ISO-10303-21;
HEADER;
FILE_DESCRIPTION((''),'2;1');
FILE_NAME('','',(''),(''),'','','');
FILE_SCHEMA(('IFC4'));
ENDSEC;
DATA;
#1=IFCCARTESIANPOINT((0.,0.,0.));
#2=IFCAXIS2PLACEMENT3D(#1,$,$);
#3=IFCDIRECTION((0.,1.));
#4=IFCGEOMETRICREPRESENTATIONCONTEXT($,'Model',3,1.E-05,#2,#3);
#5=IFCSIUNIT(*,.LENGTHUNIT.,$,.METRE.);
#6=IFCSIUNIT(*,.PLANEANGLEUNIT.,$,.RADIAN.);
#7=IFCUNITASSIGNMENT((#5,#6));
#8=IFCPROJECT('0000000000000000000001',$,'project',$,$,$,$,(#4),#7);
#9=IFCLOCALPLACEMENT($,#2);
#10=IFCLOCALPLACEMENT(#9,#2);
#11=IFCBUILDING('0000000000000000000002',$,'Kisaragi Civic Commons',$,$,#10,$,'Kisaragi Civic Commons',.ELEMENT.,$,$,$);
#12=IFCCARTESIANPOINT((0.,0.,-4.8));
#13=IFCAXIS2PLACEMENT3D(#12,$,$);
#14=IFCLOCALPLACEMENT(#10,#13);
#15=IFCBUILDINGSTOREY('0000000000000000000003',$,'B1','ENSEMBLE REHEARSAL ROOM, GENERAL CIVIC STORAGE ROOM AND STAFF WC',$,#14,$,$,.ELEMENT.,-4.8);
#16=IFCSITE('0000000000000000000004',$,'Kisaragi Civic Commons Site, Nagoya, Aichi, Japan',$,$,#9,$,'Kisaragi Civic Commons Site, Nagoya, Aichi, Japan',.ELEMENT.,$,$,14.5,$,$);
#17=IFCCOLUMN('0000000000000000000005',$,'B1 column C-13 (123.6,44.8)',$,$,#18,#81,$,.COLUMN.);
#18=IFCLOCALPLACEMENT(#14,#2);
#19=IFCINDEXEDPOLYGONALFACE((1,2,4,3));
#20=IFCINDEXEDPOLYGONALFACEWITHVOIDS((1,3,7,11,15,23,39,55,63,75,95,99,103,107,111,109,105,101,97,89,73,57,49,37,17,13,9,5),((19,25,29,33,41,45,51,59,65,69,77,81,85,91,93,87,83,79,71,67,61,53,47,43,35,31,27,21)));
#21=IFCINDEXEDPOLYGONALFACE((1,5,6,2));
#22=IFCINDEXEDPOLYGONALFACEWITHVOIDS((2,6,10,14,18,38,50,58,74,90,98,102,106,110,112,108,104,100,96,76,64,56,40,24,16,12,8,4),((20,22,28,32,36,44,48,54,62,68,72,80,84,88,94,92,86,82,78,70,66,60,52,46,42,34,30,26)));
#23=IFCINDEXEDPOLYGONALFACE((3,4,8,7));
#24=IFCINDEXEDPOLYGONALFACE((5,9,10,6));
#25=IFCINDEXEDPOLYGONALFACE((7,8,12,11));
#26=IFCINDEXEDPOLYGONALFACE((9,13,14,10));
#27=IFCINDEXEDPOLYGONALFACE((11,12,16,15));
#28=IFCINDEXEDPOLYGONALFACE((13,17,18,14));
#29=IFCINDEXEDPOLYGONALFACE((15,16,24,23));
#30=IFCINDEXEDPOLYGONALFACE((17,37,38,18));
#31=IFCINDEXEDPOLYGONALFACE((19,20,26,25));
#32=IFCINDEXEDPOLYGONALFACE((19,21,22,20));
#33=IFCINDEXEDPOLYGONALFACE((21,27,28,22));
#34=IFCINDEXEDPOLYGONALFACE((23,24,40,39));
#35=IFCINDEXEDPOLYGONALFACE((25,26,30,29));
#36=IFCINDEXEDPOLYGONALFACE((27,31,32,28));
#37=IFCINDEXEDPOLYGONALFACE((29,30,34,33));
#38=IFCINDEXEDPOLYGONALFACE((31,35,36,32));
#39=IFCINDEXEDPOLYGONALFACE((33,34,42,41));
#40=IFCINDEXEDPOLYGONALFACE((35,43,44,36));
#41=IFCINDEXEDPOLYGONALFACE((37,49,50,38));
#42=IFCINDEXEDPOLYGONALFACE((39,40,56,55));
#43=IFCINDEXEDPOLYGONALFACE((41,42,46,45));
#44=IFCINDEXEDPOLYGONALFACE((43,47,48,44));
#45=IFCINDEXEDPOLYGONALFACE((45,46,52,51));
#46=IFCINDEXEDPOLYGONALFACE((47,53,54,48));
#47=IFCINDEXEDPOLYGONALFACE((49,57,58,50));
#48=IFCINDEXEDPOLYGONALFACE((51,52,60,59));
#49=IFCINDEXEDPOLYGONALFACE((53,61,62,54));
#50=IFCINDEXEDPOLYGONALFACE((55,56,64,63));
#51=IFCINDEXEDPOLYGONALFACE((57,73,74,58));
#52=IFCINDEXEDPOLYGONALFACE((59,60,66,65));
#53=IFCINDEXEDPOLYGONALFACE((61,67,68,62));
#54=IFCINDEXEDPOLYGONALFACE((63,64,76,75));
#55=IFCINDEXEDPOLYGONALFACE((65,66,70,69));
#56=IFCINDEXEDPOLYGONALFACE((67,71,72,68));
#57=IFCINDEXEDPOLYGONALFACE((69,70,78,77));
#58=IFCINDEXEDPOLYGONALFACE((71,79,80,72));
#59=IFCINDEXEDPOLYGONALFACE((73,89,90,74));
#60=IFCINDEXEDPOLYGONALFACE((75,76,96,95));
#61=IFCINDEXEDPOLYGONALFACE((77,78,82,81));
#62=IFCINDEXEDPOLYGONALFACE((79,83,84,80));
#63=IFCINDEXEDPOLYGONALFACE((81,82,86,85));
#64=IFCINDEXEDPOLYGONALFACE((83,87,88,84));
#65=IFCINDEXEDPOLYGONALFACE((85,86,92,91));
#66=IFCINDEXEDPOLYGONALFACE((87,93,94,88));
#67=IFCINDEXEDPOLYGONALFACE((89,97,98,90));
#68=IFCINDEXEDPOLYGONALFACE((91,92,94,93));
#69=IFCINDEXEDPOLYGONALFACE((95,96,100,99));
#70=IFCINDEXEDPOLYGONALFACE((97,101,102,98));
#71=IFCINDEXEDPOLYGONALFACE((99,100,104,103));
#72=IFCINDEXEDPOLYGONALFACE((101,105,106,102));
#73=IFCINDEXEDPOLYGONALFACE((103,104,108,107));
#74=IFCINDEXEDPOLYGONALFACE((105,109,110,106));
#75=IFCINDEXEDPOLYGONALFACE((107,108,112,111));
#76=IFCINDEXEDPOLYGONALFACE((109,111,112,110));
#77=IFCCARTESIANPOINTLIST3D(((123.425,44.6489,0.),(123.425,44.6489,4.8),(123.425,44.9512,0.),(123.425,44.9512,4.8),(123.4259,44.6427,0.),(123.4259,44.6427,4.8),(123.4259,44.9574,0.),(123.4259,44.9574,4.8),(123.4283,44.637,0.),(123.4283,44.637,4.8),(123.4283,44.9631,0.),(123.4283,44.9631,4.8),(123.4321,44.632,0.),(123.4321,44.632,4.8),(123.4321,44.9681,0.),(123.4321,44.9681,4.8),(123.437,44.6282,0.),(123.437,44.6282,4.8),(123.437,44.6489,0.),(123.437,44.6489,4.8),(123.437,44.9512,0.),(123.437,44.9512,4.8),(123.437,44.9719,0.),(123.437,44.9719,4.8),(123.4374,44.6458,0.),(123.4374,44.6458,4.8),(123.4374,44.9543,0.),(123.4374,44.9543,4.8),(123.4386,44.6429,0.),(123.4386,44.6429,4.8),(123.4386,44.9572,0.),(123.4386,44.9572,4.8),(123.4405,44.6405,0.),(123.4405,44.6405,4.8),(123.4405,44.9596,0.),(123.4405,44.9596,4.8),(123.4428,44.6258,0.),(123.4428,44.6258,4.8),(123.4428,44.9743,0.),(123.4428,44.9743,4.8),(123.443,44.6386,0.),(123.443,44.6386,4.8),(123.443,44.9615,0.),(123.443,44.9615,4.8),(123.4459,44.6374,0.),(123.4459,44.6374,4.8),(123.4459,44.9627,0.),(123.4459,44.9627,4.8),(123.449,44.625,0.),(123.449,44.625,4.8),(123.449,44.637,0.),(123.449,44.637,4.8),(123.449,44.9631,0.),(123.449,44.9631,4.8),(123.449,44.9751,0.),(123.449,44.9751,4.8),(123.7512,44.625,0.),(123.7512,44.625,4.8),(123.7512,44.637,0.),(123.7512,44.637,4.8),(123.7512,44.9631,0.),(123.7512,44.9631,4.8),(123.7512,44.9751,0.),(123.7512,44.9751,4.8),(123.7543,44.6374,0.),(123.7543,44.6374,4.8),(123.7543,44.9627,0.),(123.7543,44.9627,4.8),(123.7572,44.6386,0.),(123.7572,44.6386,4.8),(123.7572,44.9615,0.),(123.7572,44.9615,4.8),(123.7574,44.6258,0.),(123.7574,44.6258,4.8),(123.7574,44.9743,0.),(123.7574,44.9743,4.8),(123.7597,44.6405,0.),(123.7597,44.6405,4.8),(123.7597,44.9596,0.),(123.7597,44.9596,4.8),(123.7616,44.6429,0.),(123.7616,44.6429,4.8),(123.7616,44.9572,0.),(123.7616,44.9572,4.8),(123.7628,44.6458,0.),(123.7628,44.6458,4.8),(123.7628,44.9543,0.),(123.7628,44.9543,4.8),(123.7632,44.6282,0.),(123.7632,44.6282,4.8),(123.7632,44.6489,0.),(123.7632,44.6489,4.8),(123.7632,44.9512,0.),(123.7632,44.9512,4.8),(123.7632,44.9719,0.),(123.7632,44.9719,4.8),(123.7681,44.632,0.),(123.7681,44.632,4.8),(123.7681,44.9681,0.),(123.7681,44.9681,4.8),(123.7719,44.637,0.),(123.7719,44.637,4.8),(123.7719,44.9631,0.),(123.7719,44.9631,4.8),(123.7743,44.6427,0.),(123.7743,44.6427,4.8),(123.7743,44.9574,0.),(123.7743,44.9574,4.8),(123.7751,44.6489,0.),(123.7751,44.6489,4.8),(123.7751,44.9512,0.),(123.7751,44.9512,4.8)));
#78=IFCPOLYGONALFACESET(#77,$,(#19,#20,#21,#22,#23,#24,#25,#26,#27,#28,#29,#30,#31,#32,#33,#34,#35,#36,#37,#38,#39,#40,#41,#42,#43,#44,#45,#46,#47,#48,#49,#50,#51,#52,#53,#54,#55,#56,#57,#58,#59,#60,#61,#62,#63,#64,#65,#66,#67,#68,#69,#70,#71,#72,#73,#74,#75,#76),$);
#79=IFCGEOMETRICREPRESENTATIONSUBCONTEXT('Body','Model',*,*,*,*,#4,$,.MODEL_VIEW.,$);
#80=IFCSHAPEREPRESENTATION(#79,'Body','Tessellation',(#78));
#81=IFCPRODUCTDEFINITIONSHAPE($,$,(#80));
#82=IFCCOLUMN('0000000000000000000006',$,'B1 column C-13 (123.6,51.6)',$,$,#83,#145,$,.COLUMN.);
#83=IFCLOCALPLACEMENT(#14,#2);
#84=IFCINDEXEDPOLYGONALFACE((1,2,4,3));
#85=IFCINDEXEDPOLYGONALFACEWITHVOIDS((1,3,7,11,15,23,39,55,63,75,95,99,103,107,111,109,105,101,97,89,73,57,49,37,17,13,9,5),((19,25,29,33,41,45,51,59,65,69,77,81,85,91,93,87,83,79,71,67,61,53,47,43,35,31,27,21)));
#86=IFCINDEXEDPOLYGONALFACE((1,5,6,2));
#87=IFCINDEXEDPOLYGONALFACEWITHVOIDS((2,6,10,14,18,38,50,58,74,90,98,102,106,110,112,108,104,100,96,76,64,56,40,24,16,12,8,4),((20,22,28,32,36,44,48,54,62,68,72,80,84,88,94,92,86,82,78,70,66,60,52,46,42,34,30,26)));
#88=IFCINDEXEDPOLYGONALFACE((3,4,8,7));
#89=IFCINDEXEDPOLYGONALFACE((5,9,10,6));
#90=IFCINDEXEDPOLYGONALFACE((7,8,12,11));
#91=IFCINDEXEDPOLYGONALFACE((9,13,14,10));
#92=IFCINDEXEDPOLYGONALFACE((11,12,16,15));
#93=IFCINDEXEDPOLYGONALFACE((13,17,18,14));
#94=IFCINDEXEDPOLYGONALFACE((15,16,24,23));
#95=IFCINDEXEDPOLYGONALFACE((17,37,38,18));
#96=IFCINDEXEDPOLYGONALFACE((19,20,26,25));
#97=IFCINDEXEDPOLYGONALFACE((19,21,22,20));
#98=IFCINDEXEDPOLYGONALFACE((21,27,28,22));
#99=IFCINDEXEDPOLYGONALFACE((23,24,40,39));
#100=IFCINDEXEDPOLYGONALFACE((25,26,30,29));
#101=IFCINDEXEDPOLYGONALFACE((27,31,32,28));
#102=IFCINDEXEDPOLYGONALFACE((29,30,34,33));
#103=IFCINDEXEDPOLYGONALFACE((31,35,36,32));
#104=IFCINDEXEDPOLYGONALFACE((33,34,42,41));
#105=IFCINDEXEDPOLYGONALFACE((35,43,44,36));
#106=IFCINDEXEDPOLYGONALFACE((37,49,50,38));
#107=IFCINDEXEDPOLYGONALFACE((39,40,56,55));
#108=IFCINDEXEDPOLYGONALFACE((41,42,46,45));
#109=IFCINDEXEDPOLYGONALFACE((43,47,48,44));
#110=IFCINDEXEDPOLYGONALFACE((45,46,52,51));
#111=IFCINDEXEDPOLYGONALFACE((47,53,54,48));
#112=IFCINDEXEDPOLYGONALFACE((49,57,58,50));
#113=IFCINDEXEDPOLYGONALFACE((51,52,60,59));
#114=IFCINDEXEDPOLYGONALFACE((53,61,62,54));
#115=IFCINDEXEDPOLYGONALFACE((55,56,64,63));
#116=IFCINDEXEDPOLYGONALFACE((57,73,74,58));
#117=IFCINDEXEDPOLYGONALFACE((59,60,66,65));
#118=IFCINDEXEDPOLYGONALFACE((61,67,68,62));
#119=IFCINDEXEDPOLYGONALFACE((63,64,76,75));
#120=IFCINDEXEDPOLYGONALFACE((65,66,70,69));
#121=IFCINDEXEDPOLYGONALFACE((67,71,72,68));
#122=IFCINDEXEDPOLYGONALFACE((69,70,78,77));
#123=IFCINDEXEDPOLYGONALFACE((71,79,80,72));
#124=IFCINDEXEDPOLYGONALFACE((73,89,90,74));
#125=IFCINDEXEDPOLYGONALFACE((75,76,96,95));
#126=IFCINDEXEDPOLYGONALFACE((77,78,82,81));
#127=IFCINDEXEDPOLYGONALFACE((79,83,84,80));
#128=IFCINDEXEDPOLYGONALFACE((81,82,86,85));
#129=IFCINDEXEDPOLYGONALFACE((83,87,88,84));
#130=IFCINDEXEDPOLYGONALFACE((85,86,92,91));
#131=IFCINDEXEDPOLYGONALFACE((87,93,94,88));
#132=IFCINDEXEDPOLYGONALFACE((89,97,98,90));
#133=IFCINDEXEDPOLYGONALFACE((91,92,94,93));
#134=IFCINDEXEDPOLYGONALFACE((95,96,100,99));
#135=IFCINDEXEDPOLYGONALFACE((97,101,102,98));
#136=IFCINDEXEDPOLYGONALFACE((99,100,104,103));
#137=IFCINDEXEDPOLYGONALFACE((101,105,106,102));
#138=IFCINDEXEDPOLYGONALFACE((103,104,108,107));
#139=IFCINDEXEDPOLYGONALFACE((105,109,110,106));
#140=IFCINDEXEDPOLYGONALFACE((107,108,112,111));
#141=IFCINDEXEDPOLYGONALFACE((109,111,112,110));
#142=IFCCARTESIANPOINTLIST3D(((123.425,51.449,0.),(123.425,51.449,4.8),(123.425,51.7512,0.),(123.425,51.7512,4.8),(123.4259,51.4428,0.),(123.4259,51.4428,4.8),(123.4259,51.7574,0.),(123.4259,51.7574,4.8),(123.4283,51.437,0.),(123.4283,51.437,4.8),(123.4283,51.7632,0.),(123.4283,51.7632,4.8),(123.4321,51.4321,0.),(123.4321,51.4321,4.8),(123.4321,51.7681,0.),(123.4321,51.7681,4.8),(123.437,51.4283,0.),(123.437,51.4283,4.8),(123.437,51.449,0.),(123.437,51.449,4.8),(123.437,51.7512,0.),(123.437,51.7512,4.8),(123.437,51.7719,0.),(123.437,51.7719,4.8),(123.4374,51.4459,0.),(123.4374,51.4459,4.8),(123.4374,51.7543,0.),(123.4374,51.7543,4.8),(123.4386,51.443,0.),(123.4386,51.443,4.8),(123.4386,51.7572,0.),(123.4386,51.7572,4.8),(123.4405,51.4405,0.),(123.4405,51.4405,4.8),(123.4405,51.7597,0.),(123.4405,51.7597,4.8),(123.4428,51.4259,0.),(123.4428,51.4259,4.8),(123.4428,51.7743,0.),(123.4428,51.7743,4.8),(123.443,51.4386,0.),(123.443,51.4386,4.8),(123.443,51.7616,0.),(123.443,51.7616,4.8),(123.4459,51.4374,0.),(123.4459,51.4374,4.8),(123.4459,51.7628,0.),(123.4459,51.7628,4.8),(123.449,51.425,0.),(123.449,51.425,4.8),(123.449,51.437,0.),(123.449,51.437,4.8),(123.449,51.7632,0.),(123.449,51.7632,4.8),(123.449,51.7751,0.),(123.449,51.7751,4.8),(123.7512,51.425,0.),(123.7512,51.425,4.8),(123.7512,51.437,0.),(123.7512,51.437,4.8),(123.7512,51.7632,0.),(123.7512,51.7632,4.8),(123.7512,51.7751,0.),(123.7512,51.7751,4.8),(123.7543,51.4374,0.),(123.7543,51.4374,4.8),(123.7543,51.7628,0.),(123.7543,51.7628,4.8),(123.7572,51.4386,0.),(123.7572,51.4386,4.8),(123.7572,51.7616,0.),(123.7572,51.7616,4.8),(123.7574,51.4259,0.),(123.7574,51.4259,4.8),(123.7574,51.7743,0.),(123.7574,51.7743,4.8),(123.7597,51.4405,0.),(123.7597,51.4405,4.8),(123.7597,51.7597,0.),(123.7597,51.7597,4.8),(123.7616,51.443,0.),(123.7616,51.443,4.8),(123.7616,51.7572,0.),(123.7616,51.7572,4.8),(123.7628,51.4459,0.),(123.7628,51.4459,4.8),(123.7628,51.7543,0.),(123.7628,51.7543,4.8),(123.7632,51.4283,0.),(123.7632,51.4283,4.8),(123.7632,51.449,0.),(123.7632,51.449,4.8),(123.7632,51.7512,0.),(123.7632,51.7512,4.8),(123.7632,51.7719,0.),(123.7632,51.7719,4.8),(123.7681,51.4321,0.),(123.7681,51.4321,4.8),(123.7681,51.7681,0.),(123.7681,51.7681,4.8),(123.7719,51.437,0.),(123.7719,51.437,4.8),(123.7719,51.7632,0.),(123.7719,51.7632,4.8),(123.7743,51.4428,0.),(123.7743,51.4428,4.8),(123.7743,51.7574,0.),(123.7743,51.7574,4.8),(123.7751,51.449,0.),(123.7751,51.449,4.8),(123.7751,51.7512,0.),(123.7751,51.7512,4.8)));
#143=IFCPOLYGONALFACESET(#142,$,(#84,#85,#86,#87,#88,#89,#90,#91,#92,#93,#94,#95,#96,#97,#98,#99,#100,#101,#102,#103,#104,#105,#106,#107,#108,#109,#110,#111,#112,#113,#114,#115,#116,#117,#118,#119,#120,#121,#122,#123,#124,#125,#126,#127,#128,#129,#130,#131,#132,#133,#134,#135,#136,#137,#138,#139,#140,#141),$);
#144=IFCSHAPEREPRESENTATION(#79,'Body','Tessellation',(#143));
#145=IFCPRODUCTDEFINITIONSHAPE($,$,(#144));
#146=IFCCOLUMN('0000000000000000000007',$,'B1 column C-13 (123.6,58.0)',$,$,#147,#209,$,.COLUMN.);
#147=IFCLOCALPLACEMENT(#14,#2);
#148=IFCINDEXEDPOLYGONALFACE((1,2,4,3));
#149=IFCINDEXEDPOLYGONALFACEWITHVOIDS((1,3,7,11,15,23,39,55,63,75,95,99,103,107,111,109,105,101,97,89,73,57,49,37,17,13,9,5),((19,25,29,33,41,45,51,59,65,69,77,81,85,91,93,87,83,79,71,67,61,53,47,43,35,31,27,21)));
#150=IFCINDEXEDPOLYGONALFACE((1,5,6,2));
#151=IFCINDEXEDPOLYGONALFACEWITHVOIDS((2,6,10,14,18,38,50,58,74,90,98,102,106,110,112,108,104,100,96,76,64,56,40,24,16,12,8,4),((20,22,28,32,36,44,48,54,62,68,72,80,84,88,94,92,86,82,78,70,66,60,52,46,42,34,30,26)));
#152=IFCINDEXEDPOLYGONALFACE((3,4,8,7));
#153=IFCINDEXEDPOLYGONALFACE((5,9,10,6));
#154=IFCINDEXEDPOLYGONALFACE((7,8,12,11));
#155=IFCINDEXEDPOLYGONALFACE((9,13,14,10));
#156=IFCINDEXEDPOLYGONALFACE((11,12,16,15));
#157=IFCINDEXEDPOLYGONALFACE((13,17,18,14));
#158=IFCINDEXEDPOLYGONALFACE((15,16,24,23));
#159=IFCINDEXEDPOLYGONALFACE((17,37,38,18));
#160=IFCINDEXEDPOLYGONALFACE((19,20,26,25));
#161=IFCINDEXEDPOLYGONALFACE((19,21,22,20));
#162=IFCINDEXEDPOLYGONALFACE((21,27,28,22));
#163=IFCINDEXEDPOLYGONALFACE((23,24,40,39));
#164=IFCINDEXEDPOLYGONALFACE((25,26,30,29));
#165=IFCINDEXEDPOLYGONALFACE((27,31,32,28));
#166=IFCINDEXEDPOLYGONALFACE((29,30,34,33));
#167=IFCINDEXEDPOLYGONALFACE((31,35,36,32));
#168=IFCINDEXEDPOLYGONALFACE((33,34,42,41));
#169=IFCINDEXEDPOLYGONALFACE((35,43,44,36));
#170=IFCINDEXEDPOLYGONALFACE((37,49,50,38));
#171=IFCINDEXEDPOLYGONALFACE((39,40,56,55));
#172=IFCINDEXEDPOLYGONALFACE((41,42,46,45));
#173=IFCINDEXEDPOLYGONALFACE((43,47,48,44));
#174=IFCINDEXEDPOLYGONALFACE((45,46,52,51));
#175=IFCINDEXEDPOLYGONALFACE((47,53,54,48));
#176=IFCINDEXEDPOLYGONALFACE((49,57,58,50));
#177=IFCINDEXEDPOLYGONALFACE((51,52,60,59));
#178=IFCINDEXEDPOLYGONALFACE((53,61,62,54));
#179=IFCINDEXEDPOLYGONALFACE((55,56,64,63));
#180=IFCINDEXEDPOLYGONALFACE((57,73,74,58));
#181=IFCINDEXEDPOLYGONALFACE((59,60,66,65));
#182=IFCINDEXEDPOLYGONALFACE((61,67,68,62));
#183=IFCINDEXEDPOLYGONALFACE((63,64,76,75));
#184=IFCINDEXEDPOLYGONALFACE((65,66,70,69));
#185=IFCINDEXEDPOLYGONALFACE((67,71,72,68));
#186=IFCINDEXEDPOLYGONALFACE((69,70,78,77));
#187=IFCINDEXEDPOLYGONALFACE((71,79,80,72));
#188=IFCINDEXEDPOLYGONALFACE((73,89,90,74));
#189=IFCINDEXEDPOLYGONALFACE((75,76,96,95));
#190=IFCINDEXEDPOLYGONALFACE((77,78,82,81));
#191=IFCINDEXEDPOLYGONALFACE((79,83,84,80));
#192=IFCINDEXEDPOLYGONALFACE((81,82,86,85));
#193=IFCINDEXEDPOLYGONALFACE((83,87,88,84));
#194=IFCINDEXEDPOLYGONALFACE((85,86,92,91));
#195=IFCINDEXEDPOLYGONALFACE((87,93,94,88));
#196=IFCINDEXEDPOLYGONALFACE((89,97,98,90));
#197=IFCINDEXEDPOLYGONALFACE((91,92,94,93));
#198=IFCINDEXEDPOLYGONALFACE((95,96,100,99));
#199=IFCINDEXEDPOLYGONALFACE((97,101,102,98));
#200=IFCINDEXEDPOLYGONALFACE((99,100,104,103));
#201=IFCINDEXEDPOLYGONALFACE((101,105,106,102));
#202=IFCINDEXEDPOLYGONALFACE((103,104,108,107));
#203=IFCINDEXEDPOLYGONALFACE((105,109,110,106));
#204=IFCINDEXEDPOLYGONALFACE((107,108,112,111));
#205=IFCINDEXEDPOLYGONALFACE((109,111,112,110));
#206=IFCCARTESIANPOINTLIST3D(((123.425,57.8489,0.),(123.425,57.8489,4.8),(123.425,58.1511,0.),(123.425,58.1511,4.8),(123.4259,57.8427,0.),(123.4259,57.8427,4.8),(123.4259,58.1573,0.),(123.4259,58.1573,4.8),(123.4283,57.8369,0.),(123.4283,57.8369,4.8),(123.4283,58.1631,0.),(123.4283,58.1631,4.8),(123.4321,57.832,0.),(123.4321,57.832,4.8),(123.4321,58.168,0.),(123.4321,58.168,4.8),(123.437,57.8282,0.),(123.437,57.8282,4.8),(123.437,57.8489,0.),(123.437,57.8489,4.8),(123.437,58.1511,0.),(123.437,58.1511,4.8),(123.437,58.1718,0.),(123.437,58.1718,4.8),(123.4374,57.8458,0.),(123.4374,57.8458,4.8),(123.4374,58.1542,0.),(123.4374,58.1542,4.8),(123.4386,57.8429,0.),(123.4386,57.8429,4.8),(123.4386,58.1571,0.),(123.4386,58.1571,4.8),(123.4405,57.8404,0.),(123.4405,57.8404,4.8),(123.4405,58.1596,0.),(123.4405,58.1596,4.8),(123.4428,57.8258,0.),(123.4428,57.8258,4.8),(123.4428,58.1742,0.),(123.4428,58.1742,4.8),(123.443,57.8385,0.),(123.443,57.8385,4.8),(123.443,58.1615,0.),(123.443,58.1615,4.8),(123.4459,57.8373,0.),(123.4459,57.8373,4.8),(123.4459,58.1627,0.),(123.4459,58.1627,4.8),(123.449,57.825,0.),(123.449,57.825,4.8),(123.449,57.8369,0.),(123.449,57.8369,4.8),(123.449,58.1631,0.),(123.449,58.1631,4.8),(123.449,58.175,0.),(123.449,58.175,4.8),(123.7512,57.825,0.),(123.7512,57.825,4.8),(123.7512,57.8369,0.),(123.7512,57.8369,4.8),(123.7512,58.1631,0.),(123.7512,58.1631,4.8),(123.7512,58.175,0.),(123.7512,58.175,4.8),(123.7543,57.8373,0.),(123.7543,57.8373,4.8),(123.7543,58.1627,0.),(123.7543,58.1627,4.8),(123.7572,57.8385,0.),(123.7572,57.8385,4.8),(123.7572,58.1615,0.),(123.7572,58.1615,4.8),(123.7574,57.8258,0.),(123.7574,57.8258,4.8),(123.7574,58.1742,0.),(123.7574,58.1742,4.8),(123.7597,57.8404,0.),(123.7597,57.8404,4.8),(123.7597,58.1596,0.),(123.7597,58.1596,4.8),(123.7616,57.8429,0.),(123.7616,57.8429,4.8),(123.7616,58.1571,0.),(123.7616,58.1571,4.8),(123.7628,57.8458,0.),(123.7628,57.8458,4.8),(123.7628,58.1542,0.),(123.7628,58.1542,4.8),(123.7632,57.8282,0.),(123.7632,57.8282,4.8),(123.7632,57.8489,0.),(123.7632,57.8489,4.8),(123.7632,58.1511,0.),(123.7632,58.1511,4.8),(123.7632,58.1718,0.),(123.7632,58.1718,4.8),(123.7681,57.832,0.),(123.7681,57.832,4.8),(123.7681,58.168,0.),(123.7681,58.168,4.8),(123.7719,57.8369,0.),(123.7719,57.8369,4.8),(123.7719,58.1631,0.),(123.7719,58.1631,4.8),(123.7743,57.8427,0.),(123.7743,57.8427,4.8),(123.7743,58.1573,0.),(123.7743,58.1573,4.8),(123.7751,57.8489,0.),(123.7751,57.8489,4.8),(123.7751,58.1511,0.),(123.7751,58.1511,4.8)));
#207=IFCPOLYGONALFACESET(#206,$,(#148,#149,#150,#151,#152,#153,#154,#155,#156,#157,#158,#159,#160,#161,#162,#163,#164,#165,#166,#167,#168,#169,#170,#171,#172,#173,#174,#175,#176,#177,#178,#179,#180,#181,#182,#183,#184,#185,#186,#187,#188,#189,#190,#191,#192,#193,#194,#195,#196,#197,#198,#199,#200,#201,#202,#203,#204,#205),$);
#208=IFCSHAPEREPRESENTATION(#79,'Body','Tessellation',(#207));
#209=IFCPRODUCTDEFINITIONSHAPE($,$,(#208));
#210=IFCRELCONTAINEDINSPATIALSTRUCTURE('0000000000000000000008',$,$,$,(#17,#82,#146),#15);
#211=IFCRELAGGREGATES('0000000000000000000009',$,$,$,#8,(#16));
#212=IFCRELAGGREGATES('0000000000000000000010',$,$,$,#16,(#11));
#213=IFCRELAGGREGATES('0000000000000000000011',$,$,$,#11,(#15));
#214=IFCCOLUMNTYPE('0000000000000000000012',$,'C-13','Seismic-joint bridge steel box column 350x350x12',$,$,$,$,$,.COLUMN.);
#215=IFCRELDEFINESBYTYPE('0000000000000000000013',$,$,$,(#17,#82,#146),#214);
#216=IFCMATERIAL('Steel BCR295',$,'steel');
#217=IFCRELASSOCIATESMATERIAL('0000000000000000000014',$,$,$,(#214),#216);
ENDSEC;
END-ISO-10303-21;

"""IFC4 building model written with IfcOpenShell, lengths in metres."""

from ifc_helpers import new_model, si_unit, direction, frame, origin, origin_2d, place, context, subcontext, project, spatial, hollow_rectangle, extrude, material, material_profile, profile_set, type_object, element, save


model = new_model("IFC4")

# Units and contexts
model_context = context("Model", 3, precision=1e-05, world=origin(), true_north=direction((0.0, 1.0)))
body_context = subcontext(model_context, "Body", "Model", "MODEL_VIEW")
ifc_project = project(units=[si_unit("LENGTHUNIT", "METRE"), si_unit("PLANEANGLEUNIT", "RADIAN")], contexts=[model_context])

# Site, building, storey
site_placement = place(None, origin())
site = spatial("IfcSite", under=ifc_project, at=site_placement, Name="Kisaragi Civic Commons Site, Nagoya, Aichi, Japan", LongName="Kisaragi Civic Commons Site, Nagoya, Aichi, Japan", CompositionType="ELEMENT", RefElevation=14.5)
building_placement = place(site_placement, origin())
building = spatial("IfcBuilding", under=site, at=building_placement, Name="Kisaragi Civic Commons", LongName="Kisaragi Civic Commons", CompositionType="ELEMENT")
storey_placement = place(building_placement, frame((0.0, 0.0, -4.8)))
storey = spatial("IfcBuildingStorey", under=building, at=storey_placement, Name="B1", Description="ENSEMBLE REHEARSAL ROOM, GENERAL CIVIC STORAGE ROOM AND STAFF WC", CompositionType="ELEMENT", Elevation=-4.8)

# Columns
ifc_material_1 = material(Name="Steel BCR295", Category="steel")
ifc_material_profile_1 = material_profile(ifc_material_1, hollow_rectangle(XDim=0.3501, YDim=0.3501, WallThickness=0.012, InnerFilletRadius=0.012, OuterFilletRadius=0.0239, at=origin_2d()), Name="BCR-350x350x12", Category="steel")
ifc_profile_set_1 = profile_set([ifc_material_profile_1], Name="Steel BCR295")
column_type_1 = type_object("IfcColumnType", Name="C-13", Description="Seismic-joint bridge steel box column 350x350x12", PredefinedType="COLUMN", material=ifc_profile_set_1)
for number, where, z_axis, x_axis, name in (
    (1, (123.6001, 44.8, 0.0), (0.0, 0.0, 1.0), (1.0, 0.0, 0.0), "B1 column C-13 (123.6,44.8)"),
    (2, (123.6001, 51.6001, 0.0), (0.0, 0.0, 1.0), (1.0, 0.0, 0.0), "B1 column C-13 (123.6,51.6)"),
    (3, (123.6001, 58.0, 0.0), (0.0, 0.0, 1.0), (1.0, 0.0, 0.0), "B1 column C-13 (123.6,58.0)"),
):
    element("IfcColumn", number, at=place(storey_placement, frame(where, z_axis=z_axis, x_axis=x_axis)), inside=storey, type_object=column_type_1, Name=name, PredefinedType="COLUMN", context=body_context, shape_type="SweptSolid", body=[
        extrude(hollow_rectangle(XDim=0.3501, YDim=0.3501, WallThickness=0.012, InnerFilletRadius=0.012, OuterFilletRadius=0.0239, at=origin_2d()), origin(), (0.0, 0.0, 1.0), 4.8),
    ])

save(model, "model.ifc")
